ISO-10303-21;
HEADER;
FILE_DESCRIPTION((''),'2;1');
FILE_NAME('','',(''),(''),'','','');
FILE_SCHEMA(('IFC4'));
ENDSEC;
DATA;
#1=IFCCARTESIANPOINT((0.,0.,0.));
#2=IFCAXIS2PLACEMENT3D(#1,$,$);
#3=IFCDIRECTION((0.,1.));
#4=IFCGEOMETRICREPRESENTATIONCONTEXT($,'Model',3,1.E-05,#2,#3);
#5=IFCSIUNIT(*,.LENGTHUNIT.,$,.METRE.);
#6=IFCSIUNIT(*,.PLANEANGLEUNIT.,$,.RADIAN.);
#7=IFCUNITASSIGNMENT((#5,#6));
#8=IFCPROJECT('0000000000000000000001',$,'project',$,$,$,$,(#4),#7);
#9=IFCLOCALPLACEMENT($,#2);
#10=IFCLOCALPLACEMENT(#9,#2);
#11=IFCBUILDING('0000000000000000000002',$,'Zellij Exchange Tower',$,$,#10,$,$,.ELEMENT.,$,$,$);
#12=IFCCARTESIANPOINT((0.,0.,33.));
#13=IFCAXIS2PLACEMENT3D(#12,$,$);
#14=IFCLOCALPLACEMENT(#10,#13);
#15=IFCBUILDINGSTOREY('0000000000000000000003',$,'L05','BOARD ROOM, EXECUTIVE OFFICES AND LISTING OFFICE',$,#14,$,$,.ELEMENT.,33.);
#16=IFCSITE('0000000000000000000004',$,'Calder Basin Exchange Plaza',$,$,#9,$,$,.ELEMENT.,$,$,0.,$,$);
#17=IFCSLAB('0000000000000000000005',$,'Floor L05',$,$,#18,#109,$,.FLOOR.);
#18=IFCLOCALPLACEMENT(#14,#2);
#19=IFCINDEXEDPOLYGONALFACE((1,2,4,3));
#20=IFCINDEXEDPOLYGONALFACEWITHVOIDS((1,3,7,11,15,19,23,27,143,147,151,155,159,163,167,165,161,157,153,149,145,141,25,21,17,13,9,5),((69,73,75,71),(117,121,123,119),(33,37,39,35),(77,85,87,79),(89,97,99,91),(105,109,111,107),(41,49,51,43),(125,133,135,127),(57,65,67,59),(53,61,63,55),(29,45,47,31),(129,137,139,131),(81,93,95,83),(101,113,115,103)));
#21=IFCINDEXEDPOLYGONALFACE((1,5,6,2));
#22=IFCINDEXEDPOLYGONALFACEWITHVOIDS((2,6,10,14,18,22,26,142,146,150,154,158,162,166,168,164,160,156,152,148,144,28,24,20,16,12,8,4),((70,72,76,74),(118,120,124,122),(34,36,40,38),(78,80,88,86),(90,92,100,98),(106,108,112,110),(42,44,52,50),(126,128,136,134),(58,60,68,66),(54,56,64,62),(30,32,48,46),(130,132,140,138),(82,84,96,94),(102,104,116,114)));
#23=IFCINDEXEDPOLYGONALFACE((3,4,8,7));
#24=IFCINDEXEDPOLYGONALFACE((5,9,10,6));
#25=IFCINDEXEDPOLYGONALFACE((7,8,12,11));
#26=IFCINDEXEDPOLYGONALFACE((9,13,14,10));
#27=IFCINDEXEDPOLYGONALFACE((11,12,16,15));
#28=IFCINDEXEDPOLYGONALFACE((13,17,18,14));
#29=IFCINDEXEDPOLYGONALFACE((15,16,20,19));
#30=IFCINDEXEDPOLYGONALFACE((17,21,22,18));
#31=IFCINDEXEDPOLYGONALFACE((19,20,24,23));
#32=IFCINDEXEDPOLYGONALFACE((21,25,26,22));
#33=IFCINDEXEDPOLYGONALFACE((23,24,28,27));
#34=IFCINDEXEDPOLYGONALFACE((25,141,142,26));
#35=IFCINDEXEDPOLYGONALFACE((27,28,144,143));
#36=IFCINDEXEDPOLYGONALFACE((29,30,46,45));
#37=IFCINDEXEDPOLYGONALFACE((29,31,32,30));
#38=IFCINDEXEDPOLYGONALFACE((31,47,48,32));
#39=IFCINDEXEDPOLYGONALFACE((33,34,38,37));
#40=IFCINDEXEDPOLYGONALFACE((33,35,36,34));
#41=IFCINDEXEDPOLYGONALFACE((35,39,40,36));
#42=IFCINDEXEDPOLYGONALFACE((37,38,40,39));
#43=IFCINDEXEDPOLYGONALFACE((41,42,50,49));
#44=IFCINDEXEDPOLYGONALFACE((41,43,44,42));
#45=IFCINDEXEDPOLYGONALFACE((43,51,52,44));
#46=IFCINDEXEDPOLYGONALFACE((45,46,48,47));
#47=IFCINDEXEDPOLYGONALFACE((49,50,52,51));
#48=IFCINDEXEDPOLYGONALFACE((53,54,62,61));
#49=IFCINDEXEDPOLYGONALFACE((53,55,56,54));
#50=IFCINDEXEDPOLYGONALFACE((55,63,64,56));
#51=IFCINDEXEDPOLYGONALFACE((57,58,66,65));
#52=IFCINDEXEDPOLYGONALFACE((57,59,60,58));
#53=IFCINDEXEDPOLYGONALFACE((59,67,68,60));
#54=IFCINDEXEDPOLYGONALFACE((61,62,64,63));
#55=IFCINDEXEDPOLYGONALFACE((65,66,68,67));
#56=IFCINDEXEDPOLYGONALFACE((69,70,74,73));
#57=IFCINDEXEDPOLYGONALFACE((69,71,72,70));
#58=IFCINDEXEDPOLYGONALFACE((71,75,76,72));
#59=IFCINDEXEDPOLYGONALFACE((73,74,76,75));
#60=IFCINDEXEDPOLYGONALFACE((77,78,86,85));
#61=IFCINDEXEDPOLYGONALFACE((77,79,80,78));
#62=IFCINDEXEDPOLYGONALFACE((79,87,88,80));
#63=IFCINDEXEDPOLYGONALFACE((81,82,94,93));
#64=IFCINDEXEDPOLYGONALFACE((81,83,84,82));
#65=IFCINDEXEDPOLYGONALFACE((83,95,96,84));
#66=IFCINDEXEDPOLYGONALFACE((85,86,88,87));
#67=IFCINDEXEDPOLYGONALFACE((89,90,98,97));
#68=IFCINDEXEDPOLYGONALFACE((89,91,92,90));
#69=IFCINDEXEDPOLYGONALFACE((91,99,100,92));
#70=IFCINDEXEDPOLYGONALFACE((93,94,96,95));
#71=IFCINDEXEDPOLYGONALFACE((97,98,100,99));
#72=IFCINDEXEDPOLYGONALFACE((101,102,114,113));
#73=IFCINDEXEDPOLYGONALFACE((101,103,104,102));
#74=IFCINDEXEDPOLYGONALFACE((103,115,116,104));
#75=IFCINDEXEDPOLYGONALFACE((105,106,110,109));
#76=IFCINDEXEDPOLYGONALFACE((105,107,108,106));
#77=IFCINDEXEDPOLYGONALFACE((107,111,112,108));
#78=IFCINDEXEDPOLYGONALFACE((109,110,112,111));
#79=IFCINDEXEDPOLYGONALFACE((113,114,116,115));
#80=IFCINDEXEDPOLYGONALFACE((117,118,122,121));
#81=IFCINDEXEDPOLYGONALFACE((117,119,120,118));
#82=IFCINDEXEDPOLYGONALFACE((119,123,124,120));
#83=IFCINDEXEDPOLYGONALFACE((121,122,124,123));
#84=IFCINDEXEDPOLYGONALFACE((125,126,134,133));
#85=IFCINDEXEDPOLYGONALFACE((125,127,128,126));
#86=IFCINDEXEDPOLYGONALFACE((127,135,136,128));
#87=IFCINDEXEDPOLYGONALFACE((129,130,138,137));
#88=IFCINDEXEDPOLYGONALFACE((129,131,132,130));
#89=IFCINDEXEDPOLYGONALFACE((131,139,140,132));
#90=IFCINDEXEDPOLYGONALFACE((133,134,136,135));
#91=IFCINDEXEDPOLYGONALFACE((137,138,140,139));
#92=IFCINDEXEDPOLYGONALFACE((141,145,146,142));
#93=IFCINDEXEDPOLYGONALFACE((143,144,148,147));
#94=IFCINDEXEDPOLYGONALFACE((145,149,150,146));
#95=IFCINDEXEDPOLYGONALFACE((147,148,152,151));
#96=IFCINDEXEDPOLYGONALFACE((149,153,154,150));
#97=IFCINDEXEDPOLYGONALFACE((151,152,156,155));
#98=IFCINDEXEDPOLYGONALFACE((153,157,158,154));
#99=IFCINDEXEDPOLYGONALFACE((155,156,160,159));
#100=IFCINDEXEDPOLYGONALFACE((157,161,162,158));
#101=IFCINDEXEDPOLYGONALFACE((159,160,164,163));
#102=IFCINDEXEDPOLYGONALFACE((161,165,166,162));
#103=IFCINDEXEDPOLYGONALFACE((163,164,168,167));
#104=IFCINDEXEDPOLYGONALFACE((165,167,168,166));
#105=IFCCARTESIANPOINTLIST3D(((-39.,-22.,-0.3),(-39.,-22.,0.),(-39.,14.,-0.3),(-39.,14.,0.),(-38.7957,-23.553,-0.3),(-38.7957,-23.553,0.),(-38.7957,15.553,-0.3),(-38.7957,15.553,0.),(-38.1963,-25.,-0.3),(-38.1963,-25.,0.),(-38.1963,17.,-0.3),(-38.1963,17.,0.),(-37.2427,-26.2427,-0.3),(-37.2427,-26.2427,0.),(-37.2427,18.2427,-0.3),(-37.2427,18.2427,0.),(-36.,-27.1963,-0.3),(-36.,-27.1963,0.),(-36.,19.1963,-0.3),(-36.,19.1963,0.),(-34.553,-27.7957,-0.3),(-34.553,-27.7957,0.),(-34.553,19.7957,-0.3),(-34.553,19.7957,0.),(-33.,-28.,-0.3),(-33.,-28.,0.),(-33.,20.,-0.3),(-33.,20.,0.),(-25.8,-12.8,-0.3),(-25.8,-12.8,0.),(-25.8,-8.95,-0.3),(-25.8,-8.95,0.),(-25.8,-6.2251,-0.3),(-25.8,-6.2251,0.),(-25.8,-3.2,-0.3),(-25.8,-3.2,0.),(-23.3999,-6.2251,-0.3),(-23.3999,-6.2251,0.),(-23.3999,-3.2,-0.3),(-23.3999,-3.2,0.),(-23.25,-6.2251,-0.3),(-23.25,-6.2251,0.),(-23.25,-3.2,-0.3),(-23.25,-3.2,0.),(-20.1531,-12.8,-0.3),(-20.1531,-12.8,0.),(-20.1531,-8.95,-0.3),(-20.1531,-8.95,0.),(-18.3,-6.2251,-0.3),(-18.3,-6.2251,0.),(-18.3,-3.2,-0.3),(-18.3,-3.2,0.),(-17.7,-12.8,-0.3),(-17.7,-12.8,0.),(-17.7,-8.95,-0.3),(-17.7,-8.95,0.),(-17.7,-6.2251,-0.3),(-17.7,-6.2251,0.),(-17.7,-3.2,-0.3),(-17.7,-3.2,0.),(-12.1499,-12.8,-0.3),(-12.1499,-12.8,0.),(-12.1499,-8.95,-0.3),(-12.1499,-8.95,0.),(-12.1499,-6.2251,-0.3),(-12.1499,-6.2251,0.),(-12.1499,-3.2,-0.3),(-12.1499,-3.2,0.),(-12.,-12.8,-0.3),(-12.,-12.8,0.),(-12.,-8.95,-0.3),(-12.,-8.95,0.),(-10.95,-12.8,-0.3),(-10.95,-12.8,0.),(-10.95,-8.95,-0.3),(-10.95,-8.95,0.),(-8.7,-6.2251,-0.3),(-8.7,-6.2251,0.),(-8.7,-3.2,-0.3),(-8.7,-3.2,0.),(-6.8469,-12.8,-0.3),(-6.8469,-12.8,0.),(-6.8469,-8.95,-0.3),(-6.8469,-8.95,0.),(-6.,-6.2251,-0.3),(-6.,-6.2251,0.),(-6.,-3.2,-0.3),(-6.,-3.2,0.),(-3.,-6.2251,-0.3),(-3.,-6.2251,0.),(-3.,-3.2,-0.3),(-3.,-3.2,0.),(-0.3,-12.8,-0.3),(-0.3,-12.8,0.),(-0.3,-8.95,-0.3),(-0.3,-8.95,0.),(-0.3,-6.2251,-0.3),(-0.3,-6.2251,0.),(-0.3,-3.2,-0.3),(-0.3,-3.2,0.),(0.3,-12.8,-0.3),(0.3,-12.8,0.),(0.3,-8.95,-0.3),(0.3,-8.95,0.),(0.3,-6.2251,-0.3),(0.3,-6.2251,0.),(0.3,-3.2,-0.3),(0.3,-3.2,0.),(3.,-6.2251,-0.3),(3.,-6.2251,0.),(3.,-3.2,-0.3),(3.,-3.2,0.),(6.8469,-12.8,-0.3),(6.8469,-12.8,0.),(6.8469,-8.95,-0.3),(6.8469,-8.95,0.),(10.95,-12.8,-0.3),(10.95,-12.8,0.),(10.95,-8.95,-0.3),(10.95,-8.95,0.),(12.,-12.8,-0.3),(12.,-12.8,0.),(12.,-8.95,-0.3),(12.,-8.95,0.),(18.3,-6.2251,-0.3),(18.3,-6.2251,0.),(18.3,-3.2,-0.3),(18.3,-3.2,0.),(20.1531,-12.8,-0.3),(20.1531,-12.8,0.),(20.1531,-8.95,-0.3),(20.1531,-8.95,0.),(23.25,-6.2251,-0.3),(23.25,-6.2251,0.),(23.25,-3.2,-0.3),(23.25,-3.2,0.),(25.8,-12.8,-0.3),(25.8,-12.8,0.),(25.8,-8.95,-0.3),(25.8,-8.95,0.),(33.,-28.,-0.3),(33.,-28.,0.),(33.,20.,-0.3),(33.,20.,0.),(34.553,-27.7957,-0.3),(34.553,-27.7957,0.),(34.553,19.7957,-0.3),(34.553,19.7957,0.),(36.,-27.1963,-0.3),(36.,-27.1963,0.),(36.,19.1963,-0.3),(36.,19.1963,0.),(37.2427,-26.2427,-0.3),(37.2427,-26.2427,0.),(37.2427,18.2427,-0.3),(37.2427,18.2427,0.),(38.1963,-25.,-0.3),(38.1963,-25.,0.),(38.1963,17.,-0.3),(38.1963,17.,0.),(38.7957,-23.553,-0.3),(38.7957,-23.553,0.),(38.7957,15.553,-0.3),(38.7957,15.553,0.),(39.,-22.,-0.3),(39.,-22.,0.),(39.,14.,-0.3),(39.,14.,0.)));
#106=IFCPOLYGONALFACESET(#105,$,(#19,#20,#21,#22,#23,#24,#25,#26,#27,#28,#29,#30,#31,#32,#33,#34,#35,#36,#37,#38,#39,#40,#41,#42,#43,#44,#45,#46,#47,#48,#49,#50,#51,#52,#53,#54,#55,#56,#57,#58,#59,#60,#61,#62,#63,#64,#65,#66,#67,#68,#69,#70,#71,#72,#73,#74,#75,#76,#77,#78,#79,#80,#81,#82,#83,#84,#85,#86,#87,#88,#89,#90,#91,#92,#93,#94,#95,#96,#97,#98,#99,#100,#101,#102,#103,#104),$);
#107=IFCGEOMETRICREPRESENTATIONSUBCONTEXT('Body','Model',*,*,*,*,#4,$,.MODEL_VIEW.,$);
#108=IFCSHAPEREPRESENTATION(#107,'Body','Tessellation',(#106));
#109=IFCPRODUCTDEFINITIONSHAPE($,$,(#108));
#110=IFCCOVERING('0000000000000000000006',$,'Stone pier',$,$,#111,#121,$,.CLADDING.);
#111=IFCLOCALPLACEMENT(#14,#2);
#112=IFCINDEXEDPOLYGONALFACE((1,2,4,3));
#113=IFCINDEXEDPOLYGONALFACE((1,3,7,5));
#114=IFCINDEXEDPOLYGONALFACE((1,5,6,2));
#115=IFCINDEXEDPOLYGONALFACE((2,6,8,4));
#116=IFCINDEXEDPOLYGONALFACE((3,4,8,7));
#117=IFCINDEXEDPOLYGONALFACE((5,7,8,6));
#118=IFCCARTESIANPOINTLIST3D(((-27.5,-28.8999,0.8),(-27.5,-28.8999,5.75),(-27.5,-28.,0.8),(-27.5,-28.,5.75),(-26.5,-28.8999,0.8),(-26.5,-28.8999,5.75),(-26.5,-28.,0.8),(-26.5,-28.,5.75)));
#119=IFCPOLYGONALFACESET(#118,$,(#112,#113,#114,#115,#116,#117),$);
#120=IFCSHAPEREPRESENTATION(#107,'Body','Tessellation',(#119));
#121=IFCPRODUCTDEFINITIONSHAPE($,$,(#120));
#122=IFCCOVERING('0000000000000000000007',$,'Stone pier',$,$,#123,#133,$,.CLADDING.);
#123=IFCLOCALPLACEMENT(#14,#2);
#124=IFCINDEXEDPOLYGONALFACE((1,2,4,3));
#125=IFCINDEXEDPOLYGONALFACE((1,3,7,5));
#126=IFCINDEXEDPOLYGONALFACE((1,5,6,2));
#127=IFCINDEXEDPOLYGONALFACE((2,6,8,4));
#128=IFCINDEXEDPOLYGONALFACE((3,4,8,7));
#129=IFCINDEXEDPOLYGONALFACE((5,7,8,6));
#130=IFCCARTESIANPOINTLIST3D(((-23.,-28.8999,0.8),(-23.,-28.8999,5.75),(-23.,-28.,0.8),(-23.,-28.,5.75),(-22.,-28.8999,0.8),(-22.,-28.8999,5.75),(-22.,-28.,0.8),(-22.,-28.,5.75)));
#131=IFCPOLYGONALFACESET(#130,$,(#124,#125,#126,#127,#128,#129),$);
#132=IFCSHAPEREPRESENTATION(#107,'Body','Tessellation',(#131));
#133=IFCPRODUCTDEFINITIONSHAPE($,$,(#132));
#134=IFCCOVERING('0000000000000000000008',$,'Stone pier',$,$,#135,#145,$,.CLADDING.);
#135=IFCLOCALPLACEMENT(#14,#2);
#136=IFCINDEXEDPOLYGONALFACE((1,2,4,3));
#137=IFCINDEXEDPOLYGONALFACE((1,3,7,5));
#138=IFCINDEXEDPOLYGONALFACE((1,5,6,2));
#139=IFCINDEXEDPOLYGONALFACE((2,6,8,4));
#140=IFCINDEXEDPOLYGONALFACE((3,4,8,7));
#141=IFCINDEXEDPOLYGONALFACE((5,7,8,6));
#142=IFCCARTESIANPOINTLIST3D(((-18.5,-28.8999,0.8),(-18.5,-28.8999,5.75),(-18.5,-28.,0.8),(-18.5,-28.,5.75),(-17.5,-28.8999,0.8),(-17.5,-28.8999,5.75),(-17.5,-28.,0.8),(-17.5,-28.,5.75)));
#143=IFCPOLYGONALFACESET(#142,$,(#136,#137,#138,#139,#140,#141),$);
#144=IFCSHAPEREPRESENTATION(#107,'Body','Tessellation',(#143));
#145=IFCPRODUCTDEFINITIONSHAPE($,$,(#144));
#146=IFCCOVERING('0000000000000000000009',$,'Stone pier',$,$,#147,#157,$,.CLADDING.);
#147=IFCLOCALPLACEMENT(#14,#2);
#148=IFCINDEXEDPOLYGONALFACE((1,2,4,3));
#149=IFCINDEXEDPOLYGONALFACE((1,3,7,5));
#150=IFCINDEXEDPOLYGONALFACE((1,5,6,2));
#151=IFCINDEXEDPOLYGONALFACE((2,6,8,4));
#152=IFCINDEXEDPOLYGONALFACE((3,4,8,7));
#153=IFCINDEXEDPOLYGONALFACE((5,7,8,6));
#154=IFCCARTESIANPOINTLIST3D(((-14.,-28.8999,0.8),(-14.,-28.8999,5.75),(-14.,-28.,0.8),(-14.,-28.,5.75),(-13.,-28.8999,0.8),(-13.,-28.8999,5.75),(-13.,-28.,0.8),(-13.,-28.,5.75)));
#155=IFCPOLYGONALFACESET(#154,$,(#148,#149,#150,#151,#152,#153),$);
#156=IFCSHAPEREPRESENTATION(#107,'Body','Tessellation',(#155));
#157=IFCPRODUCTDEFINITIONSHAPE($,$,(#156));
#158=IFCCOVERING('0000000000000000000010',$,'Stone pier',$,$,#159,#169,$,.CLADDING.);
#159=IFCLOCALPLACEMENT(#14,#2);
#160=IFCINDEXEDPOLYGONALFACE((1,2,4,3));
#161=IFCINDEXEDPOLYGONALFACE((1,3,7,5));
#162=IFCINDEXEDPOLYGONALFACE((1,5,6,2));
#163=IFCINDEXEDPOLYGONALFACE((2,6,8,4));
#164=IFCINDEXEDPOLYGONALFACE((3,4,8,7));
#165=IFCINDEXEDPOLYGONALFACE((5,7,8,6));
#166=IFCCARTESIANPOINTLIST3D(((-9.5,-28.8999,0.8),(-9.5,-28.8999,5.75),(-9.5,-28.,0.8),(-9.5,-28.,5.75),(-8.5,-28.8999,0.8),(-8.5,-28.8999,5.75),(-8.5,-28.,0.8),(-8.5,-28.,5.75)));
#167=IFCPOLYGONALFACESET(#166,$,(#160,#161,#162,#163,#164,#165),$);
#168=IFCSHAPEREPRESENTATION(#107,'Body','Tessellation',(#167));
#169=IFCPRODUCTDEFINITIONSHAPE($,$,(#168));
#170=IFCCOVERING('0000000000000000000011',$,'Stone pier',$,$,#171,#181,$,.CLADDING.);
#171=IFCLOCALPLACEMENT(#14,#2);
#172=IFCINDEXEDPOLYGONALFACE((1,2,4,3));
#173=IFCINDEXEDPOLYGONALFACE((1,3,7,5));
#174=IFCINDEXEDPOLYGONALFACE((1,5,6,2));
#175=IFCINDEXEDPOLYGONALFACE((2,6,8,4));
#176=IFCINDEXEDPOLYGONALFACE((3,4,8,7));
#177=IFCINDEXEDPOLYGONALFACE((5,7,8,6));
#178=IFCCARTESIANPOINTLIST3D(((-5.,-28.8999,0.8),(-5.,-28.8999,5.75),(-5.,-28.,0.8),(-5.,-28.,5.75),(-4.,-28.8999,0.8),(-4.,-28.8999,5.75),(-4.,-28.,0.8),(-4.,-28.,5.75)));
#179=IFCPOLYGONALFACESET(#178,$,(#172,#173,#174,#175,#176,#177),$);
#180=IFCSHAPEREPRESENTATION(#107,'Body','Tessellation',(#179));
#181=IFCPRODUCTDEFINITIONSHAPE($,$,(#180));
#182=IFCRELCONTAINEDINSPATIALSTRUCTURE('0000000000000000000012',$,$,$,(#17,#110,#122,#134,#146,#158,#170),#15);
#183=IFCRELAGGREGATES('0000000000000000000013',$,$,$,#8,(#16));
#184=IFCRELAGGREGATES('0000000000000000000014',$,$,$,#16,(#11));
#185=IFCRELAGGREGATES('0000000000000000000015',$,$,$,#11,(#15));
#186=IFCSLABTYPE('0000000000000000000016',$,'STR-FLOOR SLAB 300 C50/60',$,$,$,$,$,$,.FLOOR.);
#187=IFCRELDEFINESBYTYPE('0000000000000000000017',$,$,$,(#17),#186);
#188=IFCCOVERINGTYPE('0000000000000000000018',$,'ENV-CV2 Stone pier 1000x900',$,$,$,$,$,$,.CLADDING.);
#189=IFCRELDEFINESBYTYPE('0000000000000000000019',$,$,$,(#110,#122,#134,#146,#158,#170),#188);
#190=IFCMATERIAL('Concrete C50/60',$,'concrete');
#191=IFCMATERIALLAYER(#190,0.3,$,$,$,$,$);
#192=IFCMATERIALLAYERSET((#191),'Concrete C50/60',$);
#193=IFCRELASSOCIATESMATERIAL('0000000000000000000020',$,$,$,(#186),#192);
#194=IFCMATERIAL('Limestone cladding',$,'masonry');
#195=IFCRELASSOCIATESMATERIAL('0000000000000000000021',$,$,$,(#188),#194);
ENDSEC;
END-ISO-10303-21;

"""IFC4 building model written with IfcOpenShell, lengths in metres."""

from ifc_helpers import new_model, si_unit, direction, frame, origin, place, context, subcontext, project, spatial, polyline, outline, extrude, material, layer, layer_set, type_object, element, save


model = new_model("IFC4")

# Units and contexts
model_context = context("Model", 3, precision=1e-05, world=origin(), true_north=direction((0.0, 1.0)))
body_context = subcontext(model_context, "Body", "Model", "MODEL_VIEW")
ifc_project = project(units=[si_unit("LENGTHUNIT", "METRE"), si_unit("PLANEANGLEUNIT", "RADIAN")], contexts=[model_context])

# Site, building, storey
site_placement = place(None, origin())
site = spatial("IfcSite", under=ifc_project, at=site_placement, Name="Calder Basin Exchange Plaza", CompositionType="ELEMENT", RefElevation=0.0)
building_placement = place(site_placement, origin())
building = spatial("IfcBuilding", under=site, at=building_placement, Name="Zellij Exchange Tower", CompositionType="ELEMENT")
storey_placement = place(building_placement, frame((0.0, 0.0, 33.0)))
storey = spatial("IfcBuildingStorey", under=building, at=storey_placement, Name="L05", Description="BOARD ROOM, EXECUTIVE OFFICES AND LISTING OFFICE", CompositionType="ELEMENT", Elevation=33.0)

# Slab
ifc_material_1 = material(Name="Concrete C50/60", Category="concrete")
ifc_layer = layer(ifc_material_1, 0.3)
ifc_layer_set = layer_set([ifc_layer], Name="Concrete C50/60")
slab_type = type_object("IfcSlabType", Name="STR-FLOOR SLAB 300 C50/60", PredefinedType="FLOOR", material=ifc_layer_set)
slab_placement = place(storey_placement, frame((0.0, 0.0, -0.3)))
element("IfcSlab", 1, at=slab_placement, inside=storey, type_object=slab_type, Name="Floor L05", PredefinedType="FLOOR", context=body_context, shape_type="SweptSolid", body=[
    extrude(outline(polyline([(-33.0, -28.0), (-34.553, -27.7957), (-36.0, -27.1963), (-37.2427, -26.2427), (-38.1963, -25.0), (-38.7957, -23.553), (-39.0, -22.0), (-39.0, 14.0), (-38.7957, 15.553), (-38.1963, 17.0), (-37.2427, 18.2427), (-36.0, 19.1963), (-34.553, 19.7957), (-33.0, 20.0), (33.0, 20.0), (34.553, 19.7957), (36.0, 19.1963), (37.2427, 18.2427), (38.1963, 17.0), (38.7957, 15.553), (39.0, 14.0), (39.0, -22.0), (38.7957, -23.553), (38.1963, -25.0), (37.2427, -26.2427), (36.0, -27.1963), (34.553, -27.7957), (33.0, -28.0), (-33.0, -28.0)]), holes=[polyline([(-25.8, -8.95), (-25.8, -12.8), (-20.1531, -12.8), (-20.1531, -8.95), (-25.8, -8.95)]), polyline([(-12.1499, -8.95), (-17.7, -8.95), (-17.7, -12.8), (-12.1499, -12.8), (-12.1499, -8.95)]), polyline([(-10.95, -8.95), (-12.0, -8.95), (-12.0, -12.8), (-10.95, -12.8), (-10.95, -8.95)]), polyline([(-23.3999, -3.2), (-25.8, -3.2), (-25.8, -6.2251), (-23.3999, -6.2251), (-23.3999, -3.2)]), polyline([(-18.3, -3.2), (-23.25, -3.2), (-23.25, -6.2251), (-18.3, -6.2251), (-18.3, -3.2)]), polyline([(-12.1499, -3.2), (-17.7, -3.2), (-17.7, -6.2251), (-12.1499, -6.2251), (-12.1499, -3.2)]), polyline([(-6.0, -3.2), (-8.7, -3.2), (-8.7, -6.2251), (-6.0, -6.2251), (-6.0, -3.2)]), polyline([(-6.8469, -8.95), (-6.8469, -12.8), (-0.3, -12.8), (-0.3, -8.95), (-6.8469, -8.95)]), polyline([(6.8469, -8.95), (0.3, -8.95), (0.3, -12.8), (6.8469, -12.8), (6.8469, -8.95)]), polyline([(12.0, -8.95), (10.95, -8.95), (10.95, -12.8), (12.0, -12.8), (12.0, -8.95)]), polyline([(25.8, -8.95), (20.1531, -8.95), (20.1531, -12.8), (25.8, -12.8), (25.8, -8.95)]), polyline([(-0.3, -3.2), (-3.0, -3.2), (-3.0, -6.2251), (-0.3, -6.2251), (-0.3, -3.2)]), polyline([(3.0, -3.2), (0.3, -3.2), (0.3, -6.2251), (3.0, -6.2251), (3.0, -3.2)]), polyline([(23.25, -3.2), (18.3, -3.2), (18.3, -6.2251), (23.25, -6.2251), (23.25, -3.2)])]), origin(), (0.0, 0.0, 1.0), 0.3),
])

# Coverings
ifc_material_2 = material(Name="Limestone cladding", Category="masonry")
covering_type = type_object("IfcCoveringType", Name="ENV-CV2 Stone pier 1000x900", PredefinedType="CLADDING", material=ifc_material_2)
covering_1_placement = place(storey_placement, frame((0.0, 0.0, 0.8)))
element("IfcCovering", 2, at=covering_1_placement, inside=storey, type_object=covering_type, Name="Stone pier", PredefinedType="CLADDING", context=body_context, shape_type="SweptSolid", body=[
    extrude(outline(polyline([(-27.5, -28.0), (-26.5, -28.0), (-26.5, -28.8999), (-27.5, -28.8999), (-27.5, -28.0)])), origin(), (0.0, 0.0, 1.0), 4.95),
])
covering_2_placement = place(storey_placement, frame((0.0, 0.0, 0.8)))
element("IfcCovering", 3, at=covering_2_placement, inside=storey, type_object=covering_type, Name="Stone pier", PredefinedType="CLADDING", context=body_context, shape_type="SweptSolid", body=[
    extrude(outline(polyline([(-23.0, -28.0), (-22.0, -28.0), (-22.0, -28.8999), (-23.0, -28.8999), (-23.0, -28.0)])), origin(), (0.0, 0.0, 1.0), 4.95),
])
covering_3_placement = place(storey_placement, frame((0.0, 0.0, 0.8)))
element("IfcCovering", 4, at=covering_3_placement, inside=storey, type_object=covering_type, Name="Stone pier", PredefinedType="CLADDING", context=body_context, shape_type="SweptSolid", body=[
    extrude(outline(polyline([(-18.5, -28.0), (-17.5, -28.0), (-17.5, -28.8999), (-18.5, -28.8999), (-18.5, -28.0)])), origin(), (0.0, 0.0, 1.0), 4.95),
])
covering_4_placement = place(storey_placement, frame((0.0, 0.0, 0.8)))
element("IfcCovering", 5, at=covering_4_placement, inside=storey, type_object=covering_type, Name="Stone pier", PredefinedType="CLADDING", context=body_context, shape_type="SweptSolid", body=[
    extrude(outline(polyline([(-14.0, -28.0), (-13.0, -28.0), (-13.0, -28.8999), (-14.0, -28.8999), (-14.0, -28.0)])), origin(), (0.0, 0.0, 1.0), 4.95),
])
covering_5_placement = place(storey_placement, frame((0.0, 0.0, 0.8)))
element("IfcCovering", 6, at=covering_5_placement, inside=storey, type_object=covering_type, Name="Stone pier", PredefinedType="CLADDING", context=body_context, shape_type="SweptSolid", body=[
    extrude(outline(polyline([(-9.5, -28.0), (-8.5, -28.0), (-8.5, -28.8999), (-9.5, -28.8999), (-9.5, -28.0)])), origin(), (0.0, 0.0, 1.0), 4.95),
])
covering_6_placement = place(storey_placement, frame((0.0, 0.0, 0.8)))
element("IfcCovering", 7, at=covering_6_placement, inside=storey, type_object=covering_type, Name="Stone pier", PredefinedType="CLADDING", context=body_context, shape_type="SweptSolid", body=[
    extrude(outline(polyline([(-5.0, -28.0), (-4.0, -28.0), (-4.0, -28.8999), (-5.0, -28.8999), (-5.0, -28.0)])), origin(), (0.0, 0.0, 1.0), 4.95),
])

save(model, "model.ifc")
